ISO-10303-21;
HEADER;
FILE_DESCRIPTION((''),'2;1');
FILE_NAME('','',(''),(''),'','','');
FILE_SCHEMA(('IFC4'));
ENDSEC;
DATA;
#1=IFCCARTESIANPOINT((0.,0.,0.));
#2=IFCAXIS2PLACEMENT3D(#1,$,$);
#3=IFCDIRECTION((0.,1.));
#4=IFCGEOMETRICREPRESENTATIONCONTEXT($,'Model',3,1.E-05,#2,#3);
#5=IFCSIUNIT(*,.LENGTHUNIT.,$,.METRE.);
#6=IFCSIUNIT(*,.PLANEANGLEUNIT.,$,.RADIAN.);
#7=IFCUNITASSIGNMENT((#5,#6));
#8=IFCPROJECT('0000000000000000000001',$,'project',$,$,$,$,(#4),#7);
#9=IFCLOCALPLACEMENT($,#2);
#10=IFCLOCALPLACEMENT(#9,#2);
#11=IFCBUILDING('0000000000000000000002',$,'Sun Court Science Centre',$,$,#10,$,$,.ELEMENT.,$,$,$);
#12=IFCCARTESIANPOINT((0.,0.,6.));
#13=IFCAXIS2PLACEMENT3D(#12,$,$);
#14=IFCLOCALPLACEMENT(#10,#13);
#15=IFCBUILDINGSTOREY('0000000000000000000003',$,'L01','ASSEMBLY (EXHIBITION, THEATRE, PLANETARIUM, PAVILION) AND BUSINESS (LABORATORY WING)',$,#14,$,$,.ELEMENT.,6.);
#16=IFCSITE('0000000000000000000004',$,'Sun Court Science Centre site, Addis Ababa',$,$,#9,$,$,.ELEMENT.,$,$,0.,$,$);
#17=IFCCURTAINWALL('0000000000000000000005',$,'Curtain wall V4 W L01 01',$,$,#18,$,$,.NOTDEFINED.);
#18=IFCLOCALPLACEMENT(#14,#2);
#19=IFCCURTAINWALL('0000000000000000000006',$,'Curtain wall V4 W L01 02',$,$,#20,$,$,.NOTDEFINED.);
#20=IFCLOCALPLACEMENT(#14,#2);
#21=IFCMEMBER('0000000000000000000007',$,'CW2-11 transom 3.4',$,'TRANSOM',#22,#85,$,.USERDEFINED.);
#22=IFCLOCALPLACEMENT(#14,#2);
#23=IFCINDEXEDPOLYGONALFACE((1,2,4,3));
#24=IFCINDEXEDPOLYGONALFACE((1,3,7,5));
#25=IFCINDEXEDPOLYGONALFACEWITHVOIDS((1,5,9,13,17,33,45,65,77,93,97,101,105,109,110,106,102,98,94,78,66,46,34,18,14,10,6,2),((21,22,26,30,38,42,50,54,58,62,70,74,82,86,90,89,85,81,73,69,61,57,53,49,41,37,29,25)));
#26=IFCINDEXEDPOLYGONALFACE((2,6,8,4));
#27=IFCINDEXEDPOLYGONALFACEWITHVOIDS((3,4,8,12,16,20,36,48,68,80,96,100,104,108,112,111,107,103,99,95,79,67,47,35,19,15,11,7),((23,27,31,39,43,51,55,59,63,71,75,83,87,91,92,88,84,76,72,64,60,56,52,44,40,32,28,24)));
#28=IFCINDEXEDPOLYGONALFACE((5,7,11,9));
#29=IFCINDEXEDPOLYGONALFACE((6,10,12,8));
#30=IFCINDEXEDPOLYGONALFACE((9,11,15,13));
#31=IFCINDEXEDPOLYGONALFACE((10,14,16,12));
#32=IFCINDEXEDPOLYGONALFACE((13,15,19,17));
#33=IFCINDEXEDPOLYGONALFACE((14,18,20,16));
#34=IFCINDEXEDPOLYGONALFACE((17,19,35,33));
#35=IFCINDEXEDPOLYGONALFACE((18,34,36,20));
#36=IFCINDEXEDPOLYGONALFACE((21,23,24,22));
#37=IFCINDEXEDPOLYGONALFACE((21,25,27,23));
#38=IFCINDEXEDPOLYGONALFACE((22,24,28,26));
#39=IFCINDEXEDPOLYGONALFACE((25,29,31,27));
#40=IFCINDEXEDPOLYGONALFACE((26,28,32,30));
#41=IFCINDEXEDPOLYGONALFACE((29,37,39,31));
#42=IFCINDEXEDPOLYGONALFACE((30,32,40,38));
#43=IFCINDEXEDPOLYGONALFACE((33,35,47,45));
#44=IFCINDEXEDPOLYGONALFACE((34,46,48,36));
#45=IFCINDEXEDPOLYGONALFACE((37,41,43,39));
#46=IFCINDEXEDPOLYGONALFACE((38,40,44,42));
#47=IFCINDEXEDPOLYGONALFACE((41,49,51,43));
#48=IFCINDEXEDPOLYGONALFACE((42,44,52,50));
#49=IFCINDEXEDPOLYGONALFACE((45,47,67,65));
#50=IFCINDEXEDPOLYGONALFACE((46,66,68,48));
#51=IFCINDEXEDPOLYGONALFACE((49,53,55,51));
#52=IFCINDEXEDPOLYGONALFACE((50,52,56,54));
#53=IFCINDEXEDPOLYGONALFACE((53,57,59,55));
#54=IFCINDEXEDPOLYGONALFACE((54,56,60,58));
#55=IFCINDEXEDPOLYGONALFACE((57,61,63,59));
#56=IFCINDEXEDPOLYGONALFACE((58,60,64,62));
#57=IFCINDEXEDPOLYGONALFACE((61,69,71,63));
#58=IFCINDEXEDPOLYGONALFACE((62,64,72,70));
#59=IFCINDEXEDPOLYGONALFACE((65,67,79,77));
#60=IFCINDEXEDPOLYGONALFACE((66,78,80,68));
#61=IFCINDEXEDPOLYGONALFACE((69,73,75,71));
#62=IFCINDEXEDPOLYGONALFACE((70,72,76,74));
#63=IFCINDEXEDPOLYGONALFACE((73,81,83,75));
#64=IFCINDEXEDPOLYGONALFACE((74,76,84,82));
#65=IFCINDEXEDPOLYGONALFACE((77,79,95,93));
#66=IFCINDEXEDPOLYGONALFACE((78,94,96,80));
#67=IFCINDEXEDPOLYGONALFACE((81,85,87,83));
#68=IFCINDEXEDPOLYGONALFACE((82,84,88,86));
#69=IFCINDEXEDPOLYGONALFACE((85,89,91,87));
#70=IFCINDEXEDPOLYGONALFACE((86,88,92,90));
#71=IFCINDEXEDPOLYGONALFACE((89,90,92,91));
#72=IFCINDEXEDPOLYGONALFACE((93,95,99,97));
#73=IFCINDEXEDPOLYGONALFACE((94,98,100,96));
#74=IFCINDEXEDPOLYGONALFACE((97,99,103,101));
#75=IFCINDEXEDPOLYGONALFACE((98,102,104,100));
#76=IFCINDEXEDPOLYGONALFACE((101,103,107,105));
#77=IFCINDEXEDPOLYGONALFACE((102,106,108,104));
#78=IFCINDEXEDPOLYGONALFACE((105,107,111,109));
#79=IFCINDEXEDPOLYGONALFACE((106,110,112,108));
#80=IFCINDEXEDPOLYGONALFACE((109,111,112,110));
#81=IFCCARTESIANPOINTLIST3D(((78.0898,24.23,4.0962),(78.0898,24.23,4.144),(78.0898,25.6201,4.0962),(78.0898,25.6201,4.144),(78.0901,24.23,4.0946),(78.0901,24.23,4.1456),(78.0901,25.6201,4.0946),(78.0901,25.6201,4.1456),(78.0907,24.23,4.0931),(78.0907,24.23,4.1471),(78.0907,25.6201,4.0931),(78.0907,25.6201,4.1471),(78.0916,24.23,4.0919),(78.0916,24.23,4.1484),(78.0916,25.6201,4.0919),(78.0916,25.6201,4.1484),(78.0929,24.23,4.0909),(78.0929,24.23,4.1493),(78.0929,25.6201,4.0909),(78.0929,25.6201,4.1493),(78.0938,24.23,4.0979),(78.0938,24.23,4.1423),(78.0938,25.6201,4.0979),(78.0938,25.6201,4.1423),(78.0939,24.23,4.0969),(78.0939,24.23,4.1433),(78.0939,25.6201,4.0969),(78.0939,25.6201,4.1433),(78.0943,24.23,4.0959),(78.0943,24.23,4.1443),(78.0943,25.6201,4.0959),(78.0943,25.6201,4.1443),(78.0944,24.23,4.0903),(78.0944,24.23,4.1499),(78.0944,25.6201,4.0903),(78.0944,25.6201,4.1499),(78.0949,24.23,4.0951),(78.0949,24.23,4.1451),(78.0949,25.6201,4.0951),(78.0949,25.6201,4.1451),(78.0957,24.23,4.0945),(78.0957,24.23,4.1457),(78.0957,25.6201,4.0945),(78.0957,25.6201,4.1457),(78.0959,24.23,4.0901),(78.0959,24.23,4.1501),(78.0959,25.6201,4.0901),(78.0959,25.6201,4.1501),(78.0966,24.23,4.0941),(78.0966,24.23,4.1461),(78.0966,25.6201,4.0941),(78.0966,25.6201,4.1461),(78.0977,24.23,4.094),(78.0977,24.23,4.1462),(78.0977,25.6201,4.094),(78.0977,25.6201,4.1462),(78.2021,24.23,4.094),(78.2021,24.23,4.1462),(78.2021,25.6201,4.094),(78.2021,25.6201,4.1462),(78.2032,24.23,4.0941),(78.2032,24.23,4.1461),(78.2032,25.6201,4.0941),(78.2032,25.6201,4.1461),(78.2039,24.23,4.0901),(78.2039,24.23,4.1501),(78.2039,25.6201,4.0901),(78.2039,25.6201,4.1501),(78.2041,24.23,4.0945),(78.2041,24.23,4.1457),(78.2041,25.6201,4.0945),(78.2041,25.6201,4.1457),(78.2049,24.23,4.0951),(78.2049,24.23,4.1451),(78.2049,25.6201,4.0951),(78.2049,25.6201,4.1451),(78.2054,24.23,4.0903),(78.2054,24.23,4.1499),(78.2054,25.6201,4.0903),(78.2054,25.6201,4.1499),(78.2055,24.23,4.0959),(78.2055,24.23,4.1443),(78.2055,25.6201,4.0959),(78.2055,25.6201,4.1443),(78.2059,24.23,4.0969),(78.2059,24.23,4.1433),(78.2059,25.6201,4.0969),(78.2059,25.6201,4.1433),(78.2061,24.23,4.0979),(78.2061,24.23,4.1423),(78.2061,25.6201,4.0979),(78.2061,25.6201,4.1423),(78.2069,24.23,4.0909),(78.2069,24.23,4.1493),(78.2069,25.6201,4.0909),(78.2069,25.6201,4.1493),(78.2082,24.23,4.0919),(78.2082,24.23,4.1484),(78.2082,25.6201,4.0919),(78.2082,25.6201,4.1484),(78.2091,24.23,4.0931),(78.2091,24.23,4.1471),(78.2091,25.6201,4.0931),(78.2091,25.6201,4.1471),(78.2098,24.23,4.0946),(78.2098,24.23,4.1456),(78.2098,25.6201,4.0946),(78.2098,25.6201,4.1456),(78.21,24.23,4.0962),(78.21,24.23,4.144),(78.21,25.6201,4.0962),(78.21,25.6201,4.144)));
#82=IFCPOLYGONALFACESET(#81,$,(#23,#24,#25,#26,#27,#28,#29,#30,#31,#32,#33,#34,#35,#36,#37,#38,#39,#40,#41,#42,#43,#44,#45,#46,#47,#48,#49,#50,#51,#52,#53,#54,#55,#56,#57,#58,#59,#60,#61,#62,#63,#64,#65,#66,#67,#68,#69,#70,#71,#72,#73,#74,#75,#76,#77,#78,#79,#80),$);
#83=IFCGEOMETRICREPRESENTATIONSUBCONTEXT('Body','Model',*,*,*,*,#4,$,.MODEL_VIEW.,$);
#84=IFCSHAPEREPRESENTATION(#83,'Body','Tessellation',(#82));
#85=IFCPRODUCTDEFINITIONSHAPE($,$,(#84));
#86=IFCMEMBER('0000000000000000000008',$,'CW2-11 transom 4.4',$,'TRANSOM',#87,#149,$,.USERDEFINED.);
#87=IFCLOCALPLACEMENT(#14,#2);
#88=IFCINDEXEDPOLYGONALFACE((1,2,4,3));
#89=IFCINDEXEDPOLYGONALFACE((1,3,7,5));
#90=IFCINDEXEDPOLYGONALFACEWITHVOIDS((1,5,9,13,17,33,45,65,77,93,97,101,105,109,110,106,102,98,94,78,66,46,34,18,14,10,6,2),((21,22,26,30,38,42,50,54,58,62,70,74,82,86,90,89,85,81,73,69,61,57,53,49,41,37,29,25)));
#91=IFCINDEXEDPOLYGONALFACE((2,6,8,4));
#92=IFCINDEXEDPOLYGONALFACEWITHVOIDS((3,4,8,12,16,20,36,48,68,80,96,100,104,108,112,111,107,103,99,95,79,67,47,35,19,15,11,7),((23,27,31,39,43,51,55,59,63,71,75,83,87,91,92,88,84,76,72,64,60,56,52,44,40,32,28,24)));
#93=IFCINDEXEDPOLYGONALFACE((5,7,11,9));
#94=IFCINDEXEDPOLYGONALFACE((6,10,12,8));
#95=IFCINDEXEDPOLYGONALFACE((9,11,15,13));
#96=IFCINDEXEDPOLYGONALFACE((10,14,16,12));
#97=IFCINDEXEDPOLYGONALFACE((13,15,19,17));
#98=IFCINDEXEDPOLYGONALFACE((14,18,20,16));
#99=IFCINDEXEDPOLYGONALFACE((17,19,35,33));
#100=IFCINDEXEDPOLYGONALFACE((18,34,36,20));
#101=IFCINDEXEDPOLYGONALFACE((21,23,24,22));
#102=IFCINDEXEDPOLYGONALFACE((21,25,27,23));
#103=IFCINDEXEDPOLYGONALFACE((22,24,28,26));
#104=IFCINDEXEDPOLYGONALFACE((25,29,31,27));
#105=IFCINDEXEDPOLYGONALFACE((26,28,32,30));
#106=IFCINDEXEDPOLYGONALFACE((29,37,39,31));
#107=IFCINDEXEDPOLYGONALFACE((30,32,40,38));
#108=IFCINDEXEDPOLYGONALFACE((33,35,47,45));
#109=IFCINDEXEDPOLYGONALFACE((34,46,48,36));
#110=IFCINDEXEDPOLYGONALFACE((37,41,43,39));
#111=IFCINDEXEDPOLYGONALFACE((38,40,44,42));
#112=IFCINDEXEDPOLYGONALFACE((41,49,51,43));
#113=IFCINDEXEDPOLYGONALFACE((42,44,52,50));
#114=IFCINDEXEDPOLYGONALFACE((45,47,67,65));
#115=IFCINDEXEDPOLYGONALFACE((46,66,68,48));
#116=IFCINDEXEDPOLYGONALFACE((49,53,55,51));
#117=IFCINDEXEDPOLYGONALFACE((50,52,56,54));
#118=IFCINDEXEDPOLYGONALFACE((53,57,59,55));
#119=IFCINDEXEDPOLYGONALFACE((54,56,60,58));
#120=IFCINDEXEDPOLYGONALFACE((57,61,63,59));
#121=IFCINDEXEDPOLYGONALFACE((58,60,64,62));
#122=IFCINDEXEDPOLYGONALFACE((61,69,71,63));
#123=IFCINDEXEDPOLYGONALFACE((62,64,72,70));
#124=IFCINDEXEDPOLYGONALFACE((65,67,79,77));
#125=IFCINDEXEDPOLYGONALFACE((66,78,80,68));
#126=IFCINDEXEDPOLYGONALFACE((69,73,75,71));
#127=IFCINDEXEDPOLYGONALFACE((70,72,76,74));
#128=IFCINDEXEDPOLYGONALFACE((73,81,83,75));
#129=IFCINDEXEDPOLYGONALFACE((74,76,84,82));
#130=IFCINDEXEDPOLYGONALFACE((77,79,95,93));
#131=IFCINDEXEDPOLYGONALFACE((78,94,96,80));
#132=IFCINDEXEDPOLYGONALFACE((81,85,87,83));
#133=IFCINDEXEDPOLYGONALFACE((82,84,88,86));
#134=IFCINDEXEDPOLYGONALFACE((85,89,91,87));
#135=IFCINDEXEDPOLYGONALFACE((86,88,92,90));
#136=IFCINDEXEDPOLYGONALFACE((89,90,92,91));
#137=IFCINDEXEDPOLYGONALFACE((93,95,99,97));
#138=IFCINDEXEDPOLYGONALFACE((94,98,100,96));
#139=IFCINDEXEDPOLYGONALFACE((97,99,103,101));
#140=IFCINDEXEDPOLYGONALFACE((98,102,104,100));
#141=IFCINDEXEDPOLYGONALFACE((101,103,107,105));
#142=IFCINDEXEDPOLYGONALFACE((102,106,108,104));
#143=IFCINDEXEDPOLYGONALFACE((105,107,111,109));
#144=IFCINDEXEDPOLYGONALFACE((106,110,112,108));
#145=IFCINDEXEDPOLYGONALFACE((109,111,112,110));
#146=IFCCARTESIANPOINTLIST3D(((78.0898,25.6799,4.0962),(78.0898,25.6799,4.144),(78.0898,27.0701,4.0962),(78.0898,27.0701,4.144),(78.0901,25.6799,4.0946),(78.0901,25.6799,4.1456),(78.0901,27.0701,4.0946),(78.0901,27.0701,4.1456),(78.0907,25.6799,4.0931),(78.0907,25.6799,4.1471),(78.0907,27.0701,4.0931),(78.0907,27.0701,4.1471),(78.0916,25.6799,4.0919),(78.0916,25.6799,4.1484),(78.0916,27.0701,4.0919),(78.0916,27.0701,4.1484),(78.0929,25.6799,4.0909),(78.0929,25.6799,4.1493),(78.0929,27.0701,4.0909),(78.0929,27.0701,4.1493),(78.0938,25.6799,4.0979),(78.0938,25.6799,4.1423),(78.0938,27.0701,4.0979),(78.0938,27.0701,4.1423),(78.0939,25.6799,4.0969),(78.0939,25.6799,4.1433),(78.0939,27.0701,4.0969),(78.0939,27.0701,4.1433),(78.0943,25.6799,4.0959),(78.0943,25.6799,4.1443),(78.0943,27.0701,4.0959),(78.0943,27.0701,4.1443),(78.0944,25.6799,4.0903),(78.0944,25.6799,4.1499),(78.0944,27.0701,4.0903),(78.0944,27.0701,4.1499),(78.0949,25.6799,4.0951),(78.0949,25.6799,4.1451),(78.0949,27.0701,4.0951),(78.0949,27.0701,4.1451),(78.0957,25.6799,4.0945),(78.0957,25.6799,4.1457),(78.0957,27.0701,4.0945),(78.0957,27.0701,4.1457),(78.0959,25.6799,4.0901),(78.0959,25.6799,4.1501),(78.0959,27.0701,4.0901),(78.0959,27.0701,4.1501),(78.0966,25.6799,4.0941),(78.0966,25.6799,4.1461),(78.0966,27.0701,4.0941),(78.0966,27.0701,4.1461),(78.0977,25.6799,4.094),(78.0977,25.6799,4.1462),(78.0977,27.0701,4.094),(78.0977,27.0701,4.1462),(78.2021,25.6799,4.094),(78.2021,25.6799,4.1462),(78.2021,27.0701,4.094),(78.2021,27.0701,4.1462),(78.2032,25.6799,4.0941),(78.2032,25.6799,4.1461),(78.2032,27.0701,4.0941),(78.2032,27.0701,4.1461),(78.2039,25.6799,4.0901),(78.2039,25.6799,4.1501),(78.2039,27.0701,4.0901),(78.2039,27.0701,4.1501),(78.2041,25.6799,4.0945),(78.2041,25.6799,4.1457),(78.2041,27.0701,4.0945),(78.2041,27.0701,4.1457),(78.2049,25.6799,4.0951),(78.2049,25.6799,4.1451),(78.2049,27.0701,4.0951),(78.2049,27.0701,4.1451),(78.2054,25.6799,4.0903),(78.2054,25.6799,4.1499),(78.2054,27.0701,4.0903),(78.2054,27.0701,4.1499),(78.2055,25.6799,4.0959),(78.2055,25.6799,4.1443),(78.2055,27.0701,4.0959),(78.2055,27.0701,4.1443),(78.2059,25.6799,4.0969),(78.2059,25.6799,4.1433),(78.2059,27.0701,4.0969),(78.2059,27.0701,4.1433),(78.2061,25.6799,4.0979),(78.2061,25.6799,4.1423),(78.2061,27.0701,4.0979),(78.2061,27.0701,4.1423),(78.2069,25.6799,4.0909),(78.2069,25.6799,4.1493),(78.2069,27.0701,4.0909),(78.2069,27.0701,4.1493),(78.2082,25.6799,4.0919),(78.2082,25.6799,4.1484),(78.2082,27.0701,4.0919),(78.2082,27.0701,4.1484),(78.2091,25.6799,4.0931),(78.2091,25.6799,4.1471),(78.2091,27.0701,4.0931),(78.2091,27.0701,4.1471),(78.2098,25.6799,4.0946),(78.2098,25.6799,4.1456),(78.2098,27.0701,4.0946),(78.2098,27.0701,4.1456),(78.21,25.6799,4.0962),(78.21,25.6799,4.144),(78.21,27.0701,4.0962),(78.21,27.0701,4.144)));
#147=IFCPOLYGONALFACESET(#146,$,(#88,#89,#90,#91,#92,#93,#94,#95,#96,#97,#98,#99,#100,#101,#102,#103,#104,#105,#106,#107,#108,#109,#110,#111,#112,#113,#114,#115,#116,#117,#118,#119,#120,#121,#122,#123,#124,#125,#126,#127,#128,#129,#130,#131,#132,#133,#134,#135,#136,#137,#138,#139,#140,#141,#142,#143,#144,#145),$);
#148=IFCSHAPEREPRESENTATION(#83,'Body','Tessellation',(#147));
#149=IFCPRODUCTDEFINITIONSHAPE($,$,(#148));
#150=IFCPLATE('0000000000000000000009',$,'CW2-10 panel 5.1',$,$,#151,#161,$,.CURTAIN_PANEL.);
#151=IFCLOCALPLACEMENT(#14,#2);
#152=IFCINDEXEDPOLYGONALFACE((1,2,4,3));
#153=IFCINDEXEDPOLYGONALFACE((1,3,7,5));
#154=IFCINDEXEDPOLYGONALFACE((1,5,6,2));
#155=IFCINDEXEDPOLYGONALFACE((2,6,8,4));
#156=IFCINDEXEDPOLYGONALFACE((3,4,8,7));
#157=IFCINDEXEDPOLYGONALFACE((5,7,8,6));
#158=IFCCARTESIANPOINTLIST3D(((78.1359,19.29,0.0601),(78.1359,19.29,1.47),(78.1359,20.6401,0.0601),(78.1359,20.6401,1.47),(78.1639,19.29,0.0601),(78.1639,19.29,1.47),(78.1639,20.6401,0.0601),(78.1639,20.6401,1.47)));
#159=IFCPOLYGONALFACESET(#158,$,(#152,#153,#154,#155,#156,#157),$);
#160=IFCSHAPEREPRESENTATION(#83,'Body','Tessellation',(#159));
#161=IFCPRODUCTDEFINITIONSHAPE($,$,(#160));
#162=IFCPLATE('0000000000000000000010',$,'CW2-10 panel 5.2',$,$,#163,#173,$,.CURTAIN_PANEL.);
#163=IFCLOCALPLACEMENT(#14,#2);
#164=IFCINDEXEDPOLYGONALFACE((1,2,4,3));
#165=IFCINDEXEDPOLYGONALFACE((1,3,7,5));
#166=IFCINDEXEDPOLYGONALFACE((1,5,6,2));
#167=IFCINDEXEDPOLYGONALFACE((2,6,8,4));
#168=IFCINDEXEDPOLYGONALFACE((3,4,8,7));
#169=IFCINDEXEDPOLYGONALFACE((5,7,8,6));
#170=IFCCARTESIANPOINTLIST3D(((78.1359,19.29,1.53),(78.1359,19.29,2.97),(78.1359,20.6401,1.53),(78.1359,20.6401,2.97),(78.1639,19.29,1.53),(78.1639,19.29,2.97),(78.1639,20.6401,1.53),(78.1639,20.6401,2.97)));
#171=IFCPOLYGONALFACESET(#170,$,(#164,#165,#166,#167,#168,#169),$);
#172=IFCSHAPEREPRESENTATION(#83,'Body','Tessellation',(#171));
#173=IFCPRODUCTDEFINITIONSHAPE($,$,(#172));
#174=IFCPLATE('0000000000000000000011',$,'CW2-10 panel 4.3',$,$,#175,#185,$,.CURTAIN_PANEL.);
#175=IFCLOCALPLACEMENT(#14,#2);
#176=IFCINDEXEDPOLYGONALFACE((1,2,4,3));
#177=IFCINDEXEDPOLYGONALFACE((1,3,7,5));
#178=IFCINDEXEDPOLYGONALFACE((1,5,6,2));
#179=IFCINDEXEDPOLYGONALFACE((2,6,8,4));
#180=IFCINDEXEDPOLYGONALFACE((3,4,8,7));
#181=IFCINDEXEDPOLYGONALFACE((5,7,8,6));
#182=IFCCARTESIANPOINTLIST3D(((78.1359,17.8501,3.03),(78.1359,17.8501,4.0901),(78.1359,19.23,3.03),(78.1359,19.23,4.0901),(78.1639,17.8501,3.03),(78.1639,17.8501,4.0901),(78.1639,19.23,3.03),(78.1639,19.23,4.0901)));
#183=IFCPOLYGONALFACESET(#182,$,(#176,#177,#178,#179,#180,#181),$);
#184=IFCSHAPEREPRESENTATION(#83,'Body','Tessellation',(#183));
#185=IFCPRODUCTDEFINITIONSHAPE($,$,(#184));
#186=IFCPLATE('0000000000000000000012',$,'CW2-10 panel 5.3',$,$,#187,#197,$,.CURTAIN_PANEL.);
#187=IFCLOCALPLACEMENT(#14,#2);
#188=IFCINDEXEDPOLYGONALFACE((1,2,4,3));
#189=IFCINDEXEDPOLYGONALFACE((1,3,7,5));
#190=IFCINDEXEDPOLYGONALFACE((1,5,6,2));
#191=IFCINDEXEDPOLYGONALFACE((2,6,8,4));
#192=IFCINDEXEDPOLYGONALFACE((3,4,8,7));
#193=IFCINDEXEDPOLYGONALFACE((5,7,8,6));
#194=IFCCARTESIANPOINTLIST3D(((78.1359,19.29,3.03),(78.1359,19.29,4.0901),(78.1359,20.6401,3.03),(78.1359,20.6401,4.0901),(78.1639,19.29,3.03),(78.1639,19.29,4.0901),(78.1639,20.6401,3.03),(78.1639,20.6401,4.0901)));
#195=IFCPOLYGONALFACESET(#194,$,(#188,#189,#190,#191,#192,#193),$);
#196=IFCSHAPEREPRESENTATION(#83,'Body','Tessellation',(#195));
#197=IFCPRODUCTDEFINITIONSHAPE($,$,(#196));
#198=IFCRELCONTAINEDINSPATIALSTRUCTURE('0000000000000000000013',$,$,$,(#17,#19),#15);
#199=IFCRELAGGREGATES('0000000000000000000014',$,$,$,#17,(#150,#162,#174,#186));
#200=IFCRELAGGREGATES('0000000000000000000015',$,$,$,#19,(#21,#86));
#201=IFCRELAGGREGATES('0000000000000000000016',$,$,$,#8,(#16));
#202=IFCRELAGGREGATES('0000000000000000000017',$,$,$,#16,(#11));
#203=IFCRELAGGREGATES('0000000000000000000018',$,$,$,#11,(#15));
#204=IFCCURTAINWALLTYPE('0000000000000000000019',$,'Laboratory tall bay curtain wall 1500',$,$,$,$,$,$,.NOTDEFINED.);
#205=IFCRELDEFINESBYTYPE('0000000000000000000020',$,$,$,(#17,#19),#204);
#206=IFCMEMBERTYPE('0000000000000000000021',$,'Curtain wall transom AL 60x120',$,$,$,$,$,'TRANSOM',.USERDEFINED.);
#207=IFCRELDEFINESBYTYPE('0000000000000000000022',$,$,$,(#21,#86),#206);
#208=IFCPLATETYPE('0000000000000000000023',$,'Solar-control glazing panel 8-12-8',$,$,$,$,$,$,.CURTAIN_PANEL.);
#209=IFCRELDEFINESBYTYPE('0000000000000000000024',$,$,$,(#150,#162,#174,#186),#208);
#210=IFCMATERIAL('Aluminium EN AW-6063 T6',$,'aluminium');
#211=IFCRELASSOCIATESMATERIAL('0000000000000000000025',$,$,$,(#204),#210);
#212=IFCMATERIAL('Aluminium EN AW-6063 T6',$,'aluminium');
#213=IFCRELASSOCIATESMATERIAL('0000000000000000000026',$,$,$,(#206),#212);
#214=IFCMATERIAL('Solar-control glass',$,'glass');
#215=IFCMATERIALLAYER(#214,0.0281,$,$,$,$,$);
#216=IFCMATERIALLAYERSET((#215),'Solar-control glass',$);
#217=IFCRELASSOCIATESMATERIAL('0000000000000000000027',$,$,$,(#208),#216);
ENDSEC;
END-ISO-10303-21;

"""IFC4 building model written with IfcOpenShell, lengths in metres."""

from ifc_helpers import new_model, si_unit, direction, frame, origin, origin_2d, place, context, subcontext, project, spatial, rectangle, hollow_rectangle, extrude, material, layer, layer_set, material_profile, profile_set, type_object, element, aggregate, save


model = new_model("IFC4")

# Units and contexts
model_context = context("Model", 3, precision=1e-05, world=origin(), true_north=direction((0.0, 1.0)))
body_context = subcontext(model_context, "Body", "Model", "MODEL_VIEW")
ifc_project = project(units=[si_unit("LENGTHUNIT", "METRE"), si_unit("PLANEANGLEUNIT", "RADIAN")], contexts=[model_context])

# Site, building, storey
site_placement = place(None, origin())
site = spatial("IfcSite", under=ifc_project, at=site_placement, Name="Sun Court Science Centre site, Addis Ababa", CompositionType="ELEMENT", RefElevation=0.0)
building_placement = place(site_placement, origin())
building = spatial("IfcBuilding", under=site, at=building_placement, Name="Sun Court Science Centre", CompositionType="ELEMENT")
storey_placement = place(building_placement, frame((0.0, 0.0, 6.0)))
storey = spatial("IfcBuildingStorey", under=building, at=storey_placement, Name="L01", Description="ASSEMBLY (EXHIBITION, THEATRE, PLANETARIUM, PAVILION) AND BUSINESS (LABORATORY WING)", CompositionType="ELEMENT", Elevation=6.0)

# Curtain walls
ifc_material_1 = material(Name="Aluminium EN AW-6063 T6", Category="aluminium")
curtain_wall_type = type_object("IfcCurtainWallType", Name="Laboratory tall bay curtain wall 1500", PredefinedType="NOTDEFINED", material=ifc_material_1)
curtain_wall_1_placement = place(storey_placement, origin())
curtain_wall_1 = element("IfcCurtainWall", 1, at=curtain_wall_1_placement, inside=storey, type_object=curtain_wall_type, Name="Curtain wall V4 W L01 01", PredefinedType="NOTDEFINED")
curtain_wall_2_placement = place(storey_placement, origin())
curtain_wall_2 = element("IfcCurtainWall", 2, at=curtain_wall_2_placement, inside=storey, type_object=curtain_wall_type, Name="Curtain wall V4 W L01 02", PredefinedType="NOTDEFINED")

# Members
ifc_material_2 = material(Name="Aluminium EN AW-6063 T6", Category="aluminium")
ifc_material_profile_1 = material_profile(ifc_material_2, hollow_rectangle(XDim=0.0601, YDim=0.1201, WallThickness=0.0039, InnerFilletRadius=0.0039, OuterFilletRadius=0.0061, at=origin_2d()), Name="AL 60x120x4")
ifc_profile_set_1 = profile_set([ifc_material_profile_1], Name="Aluminium EN AW-6063 T6")
member_type_1 = type_object("IfcMemberType", Name="Curtain wall transom AL 60x120", ElementType="TRANSOM", PredefinedType="USERDEFINED", material=ifc_profile_set_1)
member_1_placement = place(storey_placement, frame((78.1499, 24.23, 4.1201), z_axis=(0.0, 1.0, 0.0), x_axis=(0.0, 0.0, 1.0)))
member_1 = element("IfcMember", 3, at=member_1_placement, type_object=member_type_1, Name="CW2-11 transom 3.4", ObjectType="TRANSOM", PredefinedType="USERDEFINED", context=body_context, shape_type="SweptSolid", body=[
    extrude(hollow_rectangle(XDim=0.0601, YDim=0.1201, WallThickness=0.0039, InnerFilletRadius=0.0039, OuterFilletRadius=0.0061, at=origin_2d()), origin(), (0.0, 0.0, 1.0), 1.3901),
])
member_2_placement = place(storey_placement, frame((78.1499, 25.6799, 4.1201), z_axis=(0.0, 1.0, 0.0), x_axis=(0.0, 0.0, 1.0)))
member_2 = element("IfcMember", 4, at=member_2_placement, type_object=member_type_1, Name="CW2-11 transom 4.4", ObjectType="TRANSOM", PredefinedType="USERDEFINED", context=body_context, shape_type="SweptSolid", body=[
    extrude(hollow_rectangle(XDim=0.0601, YDim=0.1201, WallThickness=0.0039, InnerFilletRadius=0.0039, OuterFilletRadius=0.0061, at=origin_2d()), origin(), (0.0, 0.0, 1.0), 1.3901),
])

# Plates
ifc_material_3 = material(Name="Solar-control glass", Category="glass")
ifc_layer = layer(ifc_material_3, 0.0281)
ifc_layer_set = layer_set([ifc_layer], Name="Solar-control glass")
plate_type = type_object("IfcPlateType", Name="Solar-control glazing panel 8-12-8", PredefinedType="CURTAIN_PANEL", material=ifc_layer_set)
plate_1_placement = place(storey_placement, frame((78.1499, 19.9651, 0.0601), z_axis=(0.0, 0.0, 1.0), x_axis=(0.0, 1.0, 0.0)))
plate_1 = element("IfcPlate", 5, at=plate_1_placement, type_object=plate_type, Name="CW2-10 panel 5.1", PredefinedType="CURTAIN_PANEL", context=body_context, shape_type="SweptSolid", body=[
    extrude(rectangle(XDim=1.3501, YDim=0.0281, at=origin_2d()), origin(), (0.0, 0.0, 1.0), 1.4099),
])
plate_2_placement = place(storey_placement, frame((78.1499, 19.9651, 1.53), z_axis=(0.0, 0.0, 1.0), x_axis=(0.0, 1.0, 0.0)))
plate_2 = element("IfcPlate", 6, at=plate_2_placement, type_object=plate_type, Name="CW2-10 panel 5.2", PredefinedType="CURTAIN_PANEL", context=body_context, shape_type="SweptSolid", body=[
    extrude(rectangle(XDim=1.3501, YDim=0.0281, at=origin_2d()), origin(), (0.0, 0.0, 1.0), 1.4399),
])
plate_3_placement = place(storey_placement, frame((78.1499, 18.54, 3.03), z_axis=(0.0, 0.0, 1.0), x_axis=(0.0, 1.0, 0.0)))
plate_3 = element("IfcPlate", 7, at=plate_3_placement, type_object=plate_type, Name="CW2-10 panel 4.3", PredefinedType="CURTAIN_PANEL", context=body_context, shape_type="SweptSolid", body=[
    extrude(rectangle(XDim=1.3799, YDim=0.0281, at=origin_2d()), origin(), (0.0, 0.0, 1.0), 1.0601),
])
plate_4_placement = place(storey_placement, frame((78.1499, 19.9651, 3.03), z_axis=(0.0, 0.0, 1.0), x_axis=(0.0, 1.0, 0.0)))
plate_4 = element("IfcPlate", 8, at=plate_4_placement, type_object=plate_type, Name="CW2-10 panel 5.3", PredefinedType="CURTAIN_PANEL", context=body_context, shape_type="SweptSolid", body=[
    extrude(rectangle(XDim=1.3501, YDim=0.0281, at=origin_2d()), origin(), (0.0, 0.0, 1.0), 1.0601),
])
aggregate(curtain_wall_1, [plate_1, plate_2, plate_3, plate_4])
aggregate(curtain_wall_2, [member_1, member_2])

save(model, "model.ifc")
